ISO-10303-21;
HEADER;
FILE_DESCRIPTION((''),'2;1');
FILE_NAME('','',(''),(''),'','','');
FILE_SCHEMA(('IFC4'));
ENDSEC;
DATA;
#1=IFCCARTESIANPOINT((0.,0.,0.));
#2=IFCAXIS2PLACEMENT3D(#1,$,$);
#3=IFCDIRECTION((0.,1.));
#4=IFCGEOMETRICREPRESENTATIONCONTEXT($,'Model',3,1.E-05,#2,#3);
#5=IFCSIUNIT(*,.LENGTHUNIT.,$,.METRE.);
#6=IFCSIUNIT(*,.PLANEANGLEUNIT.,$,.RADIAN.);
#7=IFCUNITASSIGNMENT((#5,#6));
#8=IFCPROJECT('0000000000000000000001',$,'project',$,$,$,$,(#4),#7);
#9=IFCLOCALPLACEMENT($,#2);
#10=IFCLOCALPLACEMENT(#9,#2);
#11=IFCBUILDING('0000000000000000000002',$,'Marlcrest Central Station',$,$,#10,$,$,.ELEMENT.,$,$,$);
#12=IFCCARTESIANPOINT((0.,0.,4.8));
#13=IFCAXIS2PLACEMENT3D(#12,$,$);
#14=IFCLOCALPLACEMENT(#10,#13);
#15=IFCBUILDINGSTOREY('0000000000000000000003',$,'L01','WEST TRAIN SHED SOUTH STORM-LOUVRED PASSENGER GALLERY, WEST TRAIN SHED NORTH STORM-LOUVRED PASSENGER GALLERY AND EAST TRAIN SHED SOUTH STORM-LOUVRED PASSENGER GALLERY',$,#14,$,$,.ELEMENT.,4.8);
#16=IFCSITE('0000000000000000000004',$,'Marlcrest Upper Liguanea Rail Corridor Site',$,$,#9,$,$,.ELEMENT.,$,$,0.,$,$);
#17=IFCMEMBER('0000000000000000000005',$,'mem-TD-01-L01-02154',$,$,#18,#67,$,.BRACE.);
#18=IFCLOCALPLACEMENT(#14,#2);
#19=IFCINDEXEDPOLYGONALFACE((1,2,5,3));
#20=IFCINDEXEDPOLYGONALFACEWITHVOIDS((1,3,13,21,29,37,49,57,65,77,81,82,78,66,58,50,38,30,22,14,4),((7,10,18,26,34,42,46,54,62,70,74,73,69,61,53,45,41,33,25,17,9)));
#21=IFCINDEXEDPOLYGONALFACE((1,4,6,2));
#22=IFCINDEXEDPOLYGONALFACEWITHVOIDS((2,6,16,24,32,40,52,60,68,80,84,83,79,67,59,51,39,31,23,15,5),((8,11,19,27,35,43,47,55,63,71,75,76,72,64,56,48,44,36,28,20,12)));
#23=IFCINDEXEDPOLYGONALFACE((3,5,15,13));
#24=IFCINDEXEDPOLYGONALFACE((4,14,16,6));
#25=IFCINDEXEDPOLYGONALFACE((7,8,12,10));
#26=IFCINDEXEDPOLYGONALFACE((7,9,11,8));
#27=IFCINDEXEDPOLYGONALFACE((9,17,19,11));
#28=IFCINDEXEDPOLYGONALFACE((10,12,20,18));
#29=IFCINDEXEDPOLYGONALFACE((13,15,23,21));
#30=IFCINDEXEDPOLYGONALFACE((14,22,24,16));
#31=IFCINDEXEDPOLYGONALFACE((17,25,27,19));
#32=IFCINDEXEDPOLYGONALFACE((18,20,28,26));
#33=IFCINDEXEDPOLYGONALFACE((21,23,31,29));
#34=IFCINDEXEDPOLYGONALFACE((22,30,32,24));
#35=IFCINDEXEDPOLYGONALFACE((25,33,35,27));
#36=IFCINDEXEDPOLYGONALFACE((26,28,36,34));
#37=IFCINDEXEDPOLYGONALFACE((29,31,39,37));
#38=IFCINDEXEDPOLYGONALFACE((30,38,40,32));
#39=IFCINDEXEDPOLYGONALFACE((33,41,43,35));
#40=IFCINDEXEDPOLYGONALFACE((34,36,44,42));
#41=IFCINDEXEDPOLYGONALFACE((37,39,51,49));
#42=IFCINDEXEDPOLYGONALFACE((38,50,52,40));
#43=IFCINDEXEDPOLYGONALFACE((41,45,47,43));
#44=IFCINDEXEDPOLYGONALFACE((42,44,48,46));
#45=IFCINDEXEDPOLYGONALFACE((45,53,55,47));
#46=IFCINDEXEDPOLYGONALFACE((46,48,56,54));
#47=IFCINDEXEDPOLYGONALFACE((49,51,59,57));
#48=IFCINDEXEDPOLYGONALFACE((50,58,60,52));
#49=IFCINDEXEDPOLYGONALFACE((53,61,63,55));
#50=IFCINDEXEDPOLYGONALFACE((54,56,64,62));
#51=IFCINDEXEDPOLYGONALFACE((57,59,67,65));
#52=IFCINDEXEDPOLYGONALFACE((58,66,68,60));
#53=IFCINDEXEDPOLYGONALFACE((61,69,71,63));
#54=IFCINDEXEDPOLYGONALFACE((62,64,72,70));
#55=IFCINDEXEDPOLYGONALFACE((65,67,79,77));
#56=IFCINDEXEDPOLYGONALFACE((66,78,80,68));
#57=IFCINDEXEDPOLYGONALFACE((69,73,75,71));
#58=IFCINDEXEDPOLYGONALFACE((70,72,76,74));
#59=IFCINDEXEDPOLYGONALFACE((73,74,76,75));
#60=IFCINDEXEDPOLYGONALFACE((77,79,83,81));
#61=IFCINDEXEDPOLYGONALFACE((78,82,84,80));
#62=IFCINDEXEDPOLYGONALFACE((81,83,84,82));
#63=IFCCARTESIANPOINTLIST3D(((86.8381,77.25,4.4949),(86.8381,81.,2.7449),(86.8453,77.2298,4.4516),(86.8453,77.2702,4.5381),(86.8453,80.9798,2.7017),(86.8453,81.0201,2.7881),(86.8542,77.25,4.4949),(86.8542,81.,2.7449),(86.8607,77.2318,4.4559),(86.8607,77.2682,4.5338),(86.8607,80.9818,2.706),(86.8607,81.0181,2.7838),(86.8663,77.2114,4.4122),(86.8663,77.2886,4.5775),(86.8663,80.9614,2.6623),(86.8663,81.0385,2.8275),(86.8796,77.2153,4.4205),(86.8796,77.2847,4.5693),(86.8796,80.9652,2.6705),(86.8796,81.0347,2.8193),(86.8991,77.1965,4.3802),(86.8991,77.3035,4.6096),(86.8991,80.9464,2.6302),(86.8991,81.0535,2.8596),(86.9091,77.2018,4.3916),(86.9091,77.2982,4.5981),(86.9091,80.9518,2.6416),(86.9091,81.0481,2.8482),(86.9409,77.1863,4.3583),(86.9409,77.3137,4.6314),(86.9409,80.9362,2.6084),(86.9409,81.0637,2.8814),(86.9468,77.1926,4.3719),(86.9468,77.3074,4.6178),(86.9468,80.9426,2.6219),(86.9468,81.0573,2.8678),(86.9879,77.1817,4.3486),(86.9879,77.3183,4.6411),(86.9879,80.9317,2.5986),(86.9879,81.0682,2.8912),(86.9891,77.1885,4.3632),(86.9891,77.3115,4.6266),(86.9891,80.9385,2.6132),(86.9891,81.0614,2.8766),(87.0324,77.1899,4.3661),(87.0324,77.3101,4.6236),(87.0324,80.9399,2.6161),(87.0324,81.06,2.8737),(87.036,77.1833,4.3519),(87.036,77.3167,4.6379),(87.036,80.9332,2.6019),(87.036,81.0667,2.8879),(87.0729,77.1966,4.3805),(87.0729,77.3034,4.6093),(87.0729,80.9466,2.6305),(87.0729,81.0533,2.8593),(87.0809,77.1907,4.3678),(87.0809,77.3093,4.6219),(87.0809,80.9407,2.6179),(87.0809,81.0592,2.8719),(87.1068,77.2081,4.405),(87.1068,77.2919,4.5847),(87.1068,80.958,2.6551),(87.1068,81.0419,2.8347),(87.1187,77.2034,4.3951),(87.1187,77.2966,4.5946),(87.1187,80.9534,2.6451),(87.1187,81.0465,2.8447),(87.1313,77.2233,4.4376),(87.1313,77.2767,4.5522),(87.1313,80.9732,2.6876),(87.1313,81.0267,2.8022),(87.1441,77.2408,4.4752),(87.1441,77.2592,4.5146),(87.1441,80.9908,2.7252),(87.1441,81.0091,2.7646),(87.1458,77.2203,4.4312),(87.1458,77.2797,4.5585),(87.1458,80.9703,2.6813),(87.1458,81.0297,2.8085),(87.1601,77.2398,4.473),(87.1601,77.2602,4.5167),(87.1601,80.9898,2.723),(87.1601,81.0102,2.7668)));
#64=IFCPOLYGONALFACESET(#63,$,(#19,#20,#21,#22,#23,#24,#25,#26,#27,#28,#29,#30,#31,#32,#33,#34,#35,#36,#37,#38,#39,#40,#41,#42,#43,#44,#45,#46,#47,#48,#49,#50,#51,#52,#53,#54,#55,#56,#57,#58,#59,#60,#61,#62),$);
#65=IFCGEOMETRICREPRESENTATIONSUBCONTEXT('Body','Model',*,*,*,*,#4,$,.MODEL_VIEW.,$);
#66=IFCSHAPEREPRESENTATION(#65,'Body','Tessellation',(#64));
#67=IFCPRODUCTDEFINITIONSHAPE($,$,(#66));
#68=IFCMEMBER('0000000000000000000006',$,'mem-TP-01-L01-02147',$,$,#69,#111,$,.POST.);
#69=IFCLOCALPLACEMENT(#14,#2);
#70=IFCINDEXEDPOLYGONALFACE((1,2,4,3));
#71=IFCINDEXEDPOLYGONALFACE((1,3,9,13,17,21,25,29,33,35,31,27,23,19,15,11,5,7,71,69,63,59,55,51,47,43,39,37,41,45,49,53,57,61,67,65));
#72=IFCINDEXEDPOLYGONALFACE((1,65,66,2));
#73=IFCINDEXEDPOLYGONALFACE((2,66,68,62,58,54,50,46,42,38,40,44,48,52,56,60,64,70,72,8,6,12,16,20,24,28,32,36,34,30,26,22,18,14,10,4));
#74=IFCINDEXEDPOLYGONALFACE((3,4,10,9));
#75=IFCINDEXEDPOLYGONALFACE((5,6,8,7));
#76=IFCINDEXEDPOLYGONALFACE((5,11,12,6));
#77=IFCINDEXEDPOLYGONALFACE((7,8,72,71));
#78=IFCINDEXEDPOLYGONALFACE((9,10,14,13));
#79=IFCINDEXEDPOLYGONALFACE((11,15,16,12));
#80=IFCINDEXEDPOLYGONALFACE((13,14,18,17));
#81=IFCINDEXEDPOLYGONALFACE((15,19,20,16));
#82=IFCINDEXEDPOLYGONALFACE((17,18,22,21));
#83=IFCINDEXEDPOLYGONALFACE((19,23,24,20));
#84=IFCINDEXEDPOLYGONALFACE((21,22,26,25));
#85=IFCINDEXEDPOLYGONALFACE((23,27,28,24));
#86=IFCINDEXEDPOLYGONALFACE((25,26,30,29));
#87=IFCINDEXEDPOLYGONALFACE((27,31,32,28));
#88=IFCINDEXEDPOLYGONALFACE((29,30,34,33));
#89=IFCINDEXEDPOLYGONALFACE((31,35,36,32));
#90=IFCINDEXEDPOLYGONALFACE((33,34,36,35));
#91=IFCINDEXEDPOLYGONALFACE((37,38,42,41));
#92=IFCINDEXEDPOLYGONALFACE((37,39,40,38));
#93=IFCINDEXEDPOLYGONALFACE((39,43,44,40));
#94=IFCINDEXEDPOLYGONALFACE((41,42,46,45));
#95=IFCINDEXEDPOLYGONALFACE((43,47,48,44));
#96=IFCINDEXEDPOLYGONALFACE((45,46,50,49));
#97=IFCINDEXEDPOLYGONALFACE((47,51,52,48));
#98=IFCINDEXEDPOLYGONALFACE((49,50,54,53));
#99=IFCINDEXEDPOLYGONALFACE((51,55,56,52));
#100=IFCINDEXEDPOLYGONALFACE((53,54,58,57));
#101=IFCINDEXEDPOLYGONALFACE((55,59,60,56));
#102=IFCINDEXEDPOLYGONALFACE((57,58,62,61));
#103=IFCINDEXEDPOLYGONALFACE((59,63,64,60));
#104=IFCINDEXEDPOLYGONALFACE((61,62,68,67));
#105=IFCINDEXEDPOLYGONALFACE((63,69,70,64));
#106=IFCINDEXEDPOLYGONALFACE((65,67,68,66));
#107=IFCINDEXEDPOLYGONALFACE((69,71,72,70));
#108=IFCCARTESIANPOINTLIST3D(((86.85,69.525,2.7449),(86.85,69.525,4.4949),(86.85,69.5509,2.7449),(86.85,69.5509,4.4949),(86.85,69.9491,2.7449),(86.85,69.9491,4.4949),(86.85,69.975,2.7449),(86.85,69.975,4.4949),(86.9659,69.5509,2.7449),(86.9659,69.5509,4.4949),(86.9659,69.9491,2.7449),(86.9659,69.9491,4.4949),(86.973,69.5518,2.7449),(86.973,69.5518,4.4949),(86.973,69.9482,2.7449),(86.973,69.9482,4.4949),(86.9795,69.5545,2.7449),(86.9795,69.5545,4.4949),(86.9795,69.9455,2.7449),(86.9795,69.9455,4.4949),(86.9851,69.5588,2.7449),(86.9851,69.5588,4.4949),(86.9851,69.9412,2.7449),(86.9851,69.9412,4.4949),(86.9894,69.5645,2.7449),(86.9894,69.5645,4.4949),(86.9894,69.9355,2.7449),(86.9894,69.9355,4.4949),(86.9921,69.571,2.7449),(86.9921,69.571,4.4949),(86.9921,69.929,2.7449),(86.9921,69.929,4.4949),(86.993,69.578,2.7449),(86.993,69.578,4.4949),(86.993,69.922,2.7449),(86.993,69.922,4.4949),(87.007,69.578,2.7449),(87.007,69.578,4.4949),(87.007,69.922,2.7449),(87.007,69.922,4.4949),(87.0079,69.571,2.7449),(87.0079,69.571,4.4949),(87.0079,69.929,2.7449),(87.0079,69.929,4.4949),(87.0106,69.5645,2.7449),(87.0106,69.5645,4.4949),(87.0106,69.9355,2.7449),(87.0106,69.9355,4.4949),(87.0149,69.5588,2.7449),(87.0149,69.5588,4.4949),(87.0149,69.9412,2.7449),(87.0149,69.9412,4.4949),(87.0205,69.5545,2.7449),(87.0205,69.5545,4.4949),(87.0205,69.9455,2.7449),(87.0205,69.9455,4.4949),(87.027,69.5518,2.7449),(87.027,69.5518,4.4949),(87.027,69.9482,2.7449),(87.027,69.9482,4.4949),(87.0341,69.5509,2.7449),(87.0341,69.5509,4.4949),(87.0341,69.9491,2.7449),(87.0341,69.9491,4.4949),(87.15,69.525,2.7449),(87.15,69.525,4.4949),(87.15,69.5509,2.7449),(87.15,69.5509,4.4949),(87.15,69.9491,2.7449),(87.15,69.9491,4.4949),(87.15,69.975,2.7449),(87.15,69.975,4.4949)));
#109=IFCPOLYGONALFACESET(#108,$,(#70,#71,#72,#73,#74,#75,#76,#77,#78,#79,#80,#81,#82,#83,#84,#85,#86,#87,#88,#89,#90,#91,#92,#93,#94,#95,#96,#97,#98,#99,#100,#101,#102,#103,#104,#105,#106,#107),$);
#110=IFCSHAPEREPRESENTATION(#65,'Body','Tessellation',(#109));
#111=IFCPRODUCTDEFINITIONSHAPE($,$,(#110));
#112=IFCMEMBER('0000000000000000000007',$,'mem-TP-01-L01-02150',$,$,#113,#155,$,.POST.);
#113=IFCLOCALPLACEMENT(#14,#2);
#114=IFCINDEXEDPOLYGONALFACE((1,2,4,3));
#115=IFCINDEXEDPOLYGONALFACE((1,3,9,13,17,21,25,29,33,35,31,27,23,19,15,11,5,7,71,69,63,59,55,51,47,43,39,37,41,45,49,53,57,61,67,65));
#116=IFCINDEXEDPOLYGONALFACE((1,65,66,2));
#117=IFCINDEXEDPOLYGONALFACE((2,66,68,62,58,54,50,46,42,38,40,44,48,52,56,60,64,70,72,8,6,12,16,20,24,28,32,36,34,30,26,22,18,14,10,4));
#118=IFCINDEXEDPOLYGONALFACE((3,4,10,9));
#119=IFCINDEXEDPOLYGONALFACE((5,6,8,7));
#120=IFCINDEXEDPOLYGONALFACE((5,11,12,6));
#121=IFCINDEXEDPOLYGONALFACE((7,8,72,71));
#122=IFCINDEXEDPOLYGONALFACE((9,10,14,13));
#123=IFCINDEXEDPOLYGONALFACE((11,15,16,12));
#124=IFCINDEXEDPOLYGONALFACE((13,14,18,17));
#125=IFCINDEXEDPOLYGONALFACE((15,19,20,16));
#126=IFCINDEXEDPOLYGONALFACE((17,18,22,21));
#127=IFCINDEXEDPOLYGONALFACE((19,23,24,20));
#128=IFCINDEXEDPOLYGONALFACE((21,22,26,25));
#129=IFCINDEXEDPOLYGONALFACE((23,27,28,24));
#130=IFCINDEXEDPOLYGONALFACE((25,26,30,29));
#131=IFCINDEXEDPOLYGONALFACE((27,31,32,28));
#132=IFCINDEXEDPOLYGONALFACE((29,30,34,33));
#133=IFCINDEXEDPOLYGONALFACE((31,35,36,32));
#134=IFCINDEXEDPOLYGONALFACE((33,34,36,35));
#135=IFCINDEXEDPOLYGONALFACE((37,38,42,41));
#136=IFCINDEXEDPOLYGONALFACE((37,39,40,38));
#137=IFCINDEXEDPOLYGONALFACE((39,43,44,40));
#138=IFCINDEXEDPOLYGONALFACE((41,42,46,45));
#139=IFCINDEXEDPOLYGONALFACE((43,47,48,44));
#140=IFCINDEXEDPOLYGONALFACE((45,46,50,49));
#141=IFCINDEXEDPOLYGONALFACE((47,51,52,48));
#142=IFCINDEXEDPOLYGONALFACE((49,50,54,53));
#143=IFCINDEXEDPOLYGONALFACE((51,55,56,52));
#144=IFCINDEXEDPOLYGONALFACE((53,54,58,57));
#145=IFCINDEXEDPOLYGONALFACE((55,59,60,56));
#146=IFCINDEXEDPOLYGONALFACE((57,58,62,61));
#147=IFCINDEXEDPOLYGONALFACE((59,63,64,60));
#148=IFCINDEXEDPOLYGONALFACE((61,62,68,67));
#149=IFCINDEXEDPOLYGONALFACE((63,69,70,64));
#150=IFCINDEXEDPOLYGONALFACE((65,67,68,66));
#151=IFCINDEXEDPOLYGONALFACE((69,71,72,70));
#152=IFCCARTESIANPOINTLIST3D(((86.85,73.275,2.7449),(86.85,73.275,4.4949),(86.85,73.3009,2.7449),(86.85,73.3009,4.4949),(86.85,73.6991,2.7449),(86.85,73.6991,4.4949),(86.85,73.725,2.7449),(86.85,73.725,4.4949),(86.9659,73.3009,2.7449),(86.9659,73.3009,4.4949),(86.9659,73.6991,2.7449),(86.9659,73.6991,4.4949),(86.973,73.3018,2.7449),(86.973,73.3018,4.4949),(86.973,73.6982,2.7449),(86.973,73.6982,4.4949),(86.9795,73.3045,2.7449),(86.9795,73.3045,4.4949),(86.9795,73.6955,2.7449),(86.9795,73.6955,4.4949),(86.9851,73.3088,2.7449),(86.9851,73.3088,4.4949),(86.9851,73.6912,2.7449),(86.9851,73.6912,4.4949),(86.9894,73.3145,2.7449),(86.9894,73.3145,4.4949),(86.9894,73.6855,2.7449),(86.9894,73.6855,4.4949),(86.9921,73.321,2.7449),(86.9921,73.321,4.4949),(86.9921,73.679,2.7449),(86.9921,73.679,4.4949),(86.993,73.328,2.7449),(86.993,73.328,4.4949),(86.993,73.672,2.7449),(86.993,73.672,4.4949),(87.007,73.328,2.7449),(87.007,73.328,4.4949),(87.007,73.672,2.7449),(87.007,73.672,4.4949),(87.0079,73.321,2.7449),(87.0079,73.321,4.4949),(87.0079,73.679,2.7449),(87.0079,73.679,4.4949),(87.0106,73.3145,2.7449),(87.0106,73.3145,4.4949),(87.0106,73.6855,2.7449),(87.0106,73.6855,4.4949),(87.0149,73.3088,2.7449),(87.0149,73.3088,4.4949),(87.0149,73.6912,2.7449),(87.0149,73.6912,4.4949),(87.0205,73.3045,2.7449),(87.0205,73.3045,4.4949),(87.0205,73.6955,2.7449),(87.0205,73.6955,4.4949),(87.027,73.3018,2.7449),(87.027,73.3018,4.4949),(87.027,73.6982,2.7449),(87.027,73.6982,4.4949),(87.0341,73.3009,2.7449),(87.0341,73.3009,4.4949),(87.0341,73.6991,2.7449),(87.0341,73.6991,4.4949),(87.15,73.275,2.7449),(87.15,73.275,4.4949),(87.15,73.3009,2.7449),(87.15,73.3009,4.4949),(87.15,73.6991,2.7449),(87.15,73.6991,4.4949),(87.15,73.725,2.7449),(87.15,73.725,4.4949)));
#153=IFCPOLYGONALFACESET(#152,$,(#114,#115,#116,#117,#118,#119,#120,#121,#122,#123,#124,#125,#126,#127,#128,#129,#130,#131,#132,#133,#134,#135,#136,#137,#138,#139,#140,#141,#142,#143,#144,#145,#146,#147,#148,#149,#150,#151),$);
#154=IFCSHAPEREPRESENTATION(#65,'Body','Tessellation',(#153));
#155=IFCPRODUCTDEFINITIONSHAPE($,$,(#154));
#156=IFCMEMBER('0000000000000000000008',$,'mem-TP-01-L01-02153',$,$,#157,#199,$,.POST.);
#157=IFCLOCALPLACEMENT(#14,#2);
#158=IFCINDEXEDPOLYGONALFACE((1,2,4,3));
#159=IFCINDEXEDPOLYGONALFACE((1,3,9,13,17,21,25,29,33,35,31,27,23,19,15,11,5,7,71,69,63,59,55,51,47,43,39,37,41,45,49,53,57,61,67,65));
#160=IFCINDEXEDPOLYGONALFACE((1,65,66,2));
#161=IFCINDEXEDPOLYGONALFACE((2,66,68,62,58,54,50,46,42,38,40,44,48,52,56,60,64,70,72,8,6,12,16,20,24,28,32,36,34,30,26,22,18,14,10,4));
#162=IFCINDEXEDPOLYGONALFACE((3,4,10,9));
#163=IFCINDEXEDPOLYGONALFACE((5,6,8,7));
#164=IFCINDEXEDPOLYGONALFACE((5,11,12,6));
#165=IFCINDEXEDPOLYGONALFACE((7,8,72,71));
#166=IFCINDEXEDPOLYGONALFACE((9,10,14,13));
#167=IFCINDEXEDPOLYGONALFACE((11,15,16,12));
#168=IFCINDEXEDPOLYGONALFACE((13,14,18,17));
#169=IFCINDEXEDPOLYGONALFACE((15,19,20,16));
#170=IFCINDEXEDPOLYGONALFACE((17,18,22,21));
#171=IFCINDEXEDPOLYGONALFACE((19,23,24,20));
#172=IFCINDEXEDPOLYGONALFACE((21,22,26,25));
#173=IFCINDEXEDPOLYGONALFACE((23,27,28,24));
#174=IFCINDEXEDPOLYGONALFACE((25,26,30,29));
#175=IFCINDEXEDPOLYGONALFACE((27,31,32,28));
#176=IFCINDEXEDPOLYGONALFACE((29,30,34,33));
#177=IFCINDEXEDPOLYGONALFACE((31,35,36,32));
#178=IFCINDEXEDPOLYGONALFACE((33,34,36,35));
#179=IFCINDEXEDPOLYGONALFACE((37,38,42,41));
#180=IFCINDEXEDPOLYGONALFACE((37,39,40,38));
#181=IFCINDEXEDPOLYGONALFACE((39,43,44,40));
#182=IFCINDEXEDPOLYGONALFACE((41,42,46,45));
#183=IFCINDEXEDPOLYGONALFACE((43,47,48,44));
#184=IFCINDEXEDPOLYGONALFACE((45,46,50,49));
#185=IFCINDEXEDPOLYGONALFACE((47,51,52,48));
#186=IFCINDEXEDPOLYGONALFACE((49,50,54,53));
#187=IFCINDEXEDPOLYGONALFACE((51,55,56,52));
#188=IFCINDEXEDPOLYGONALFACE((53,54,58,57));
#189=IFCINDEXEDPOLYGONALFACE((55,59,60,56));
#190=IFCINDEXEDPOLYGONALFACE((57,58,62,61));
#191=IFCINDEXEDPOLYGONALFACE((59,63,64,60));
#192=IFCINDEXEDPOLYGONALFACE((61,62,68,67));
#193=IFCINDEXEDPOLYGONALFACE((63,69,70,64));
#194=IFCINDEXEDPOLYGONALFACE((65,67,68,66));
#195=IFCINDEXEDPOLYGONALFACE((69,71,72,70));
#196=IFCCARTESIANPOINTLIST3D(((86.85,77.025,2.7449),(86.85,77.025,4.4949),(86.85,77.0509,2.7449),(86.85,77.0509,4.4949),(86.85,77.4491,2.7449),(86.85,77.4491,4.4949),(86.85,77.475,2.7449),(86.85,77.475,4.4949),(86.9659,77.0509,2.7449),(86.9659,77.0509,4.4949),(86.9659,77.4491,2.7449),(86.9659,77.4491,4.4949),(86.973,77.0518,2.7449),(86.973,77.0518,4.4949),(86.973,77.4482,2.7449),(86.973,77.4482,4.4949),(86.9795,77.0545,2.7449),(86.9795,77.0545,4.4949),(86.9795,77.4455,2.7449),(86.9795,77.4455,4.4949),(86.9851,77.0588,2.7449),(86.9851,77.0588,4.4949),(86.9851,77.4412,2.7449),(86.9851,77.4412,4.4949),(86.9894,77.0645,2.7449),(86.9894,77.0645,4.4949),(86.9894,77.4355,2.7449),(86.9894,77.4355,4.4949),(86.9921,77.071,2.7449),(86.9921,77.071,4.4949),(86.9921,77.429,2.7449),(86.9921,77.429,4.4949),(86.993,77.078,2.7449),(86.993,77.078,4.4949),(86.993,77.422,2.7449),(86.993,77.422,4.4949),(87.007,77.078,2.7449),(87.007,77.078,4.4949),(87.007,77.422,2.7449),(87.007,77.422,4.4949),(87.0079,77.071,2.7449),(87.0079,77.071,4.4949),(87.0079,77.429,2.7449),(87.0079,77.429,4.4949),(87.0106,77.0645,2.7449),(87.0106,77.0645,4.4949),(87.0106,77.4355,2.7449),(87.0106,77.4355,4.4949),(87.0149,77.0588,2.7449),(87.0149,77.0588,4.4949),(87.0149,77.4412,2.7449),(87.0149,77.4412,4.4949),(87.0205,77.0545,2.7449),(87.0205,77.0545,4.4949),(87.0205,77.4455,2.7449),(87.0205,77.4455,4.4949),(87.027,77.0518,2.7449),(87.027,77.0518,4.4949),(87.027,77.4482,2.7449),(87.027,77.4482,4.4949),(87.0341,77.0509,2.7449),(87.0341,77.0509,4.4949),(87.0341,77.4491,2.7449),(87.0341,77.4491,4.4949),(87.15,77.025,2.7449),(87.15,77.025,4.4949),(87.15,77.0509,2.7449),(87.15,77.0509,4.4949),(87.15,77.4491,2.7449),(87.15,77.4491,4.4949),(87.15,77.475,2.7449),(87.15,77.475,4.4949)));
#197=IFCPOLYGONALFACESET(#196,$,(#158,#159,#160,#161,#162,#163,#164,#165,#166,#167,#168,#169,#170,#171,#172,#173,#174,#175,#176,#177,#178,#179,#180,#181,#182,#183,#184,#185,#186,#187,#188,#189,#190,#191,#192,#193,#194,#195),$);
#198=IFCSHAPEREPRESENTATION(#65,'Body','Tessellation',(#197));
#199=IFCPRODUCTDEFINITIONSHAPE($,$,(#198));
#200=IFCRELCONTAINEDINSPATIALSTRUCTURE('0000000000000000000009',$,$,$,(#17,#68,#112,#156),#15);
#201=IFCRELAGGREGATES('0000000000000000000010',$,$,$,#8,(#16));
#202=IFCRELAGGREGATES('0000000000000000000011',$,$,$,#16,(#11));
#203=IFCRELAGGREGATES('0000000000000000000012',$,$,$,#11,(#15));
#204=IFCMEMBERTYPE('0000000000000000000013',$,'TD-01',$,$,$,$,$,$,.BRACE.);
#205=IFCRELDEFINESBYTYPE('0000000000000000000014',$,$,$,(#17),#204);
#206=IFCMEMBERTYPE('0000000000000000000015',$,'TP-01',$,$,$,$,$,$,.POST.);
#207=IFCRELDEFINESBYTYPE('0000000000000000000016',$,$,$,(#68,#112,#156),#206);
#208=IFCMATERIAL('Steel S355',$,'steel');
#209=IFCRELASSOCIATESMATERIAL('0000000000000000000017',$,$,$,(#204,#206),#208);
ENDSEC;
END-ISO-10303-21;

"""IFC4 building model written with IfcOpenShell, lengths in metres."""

from ifc_helpers import new_model, si_unit, direction, frame, origin, origin_2d, place, context, subcontext, project, spatial, hollow_circle, i_section, extrude, material, material_profile, profile_set, type_object, element, save


model = new_model("IFC4")

# Units and contexts
model_context = context("Model", 3, precision=1e-05, world=origin(), true_north=direction((0.0, 1.0)))
body_context = subcontext(model_context, "Body", "Model", "MODEL_VIEW")
ifc_project = project(units=[si_unit("LENGTHUNIT", "METRE"), si_unit("PLANEANGLEUNIT", "RADIAN")], contexts=[model_context])

# Site, building, storey
site_placement = place(None, origin())
site = spatial("IfcSite", under=ifc_project, at=site_placement, Name="Marlcrest Upper Liguanea Rail Corridor Site", CompositionType="ELEMENT", RefElevation=0.0)
building_placement = place(site_placement, origin())
building = spatial("IfcBuilding", under=site, at=building_placement, Name="Marlcrest Central Station", CompositionType="ELEMENT")
storey_placement = place(building_placement, frame((0.0, 0.0, 4.8)))
storey = spatial("IfcBuildingStorey", under=building, at=storey_placement, Name="L01", Description="WEST TRAIN SHED SOUTH STORM-LOUVRED PASSENGER GALLERY, WEST TRAIN SHED NORTH STORM-LOUVRED PASSENGER GALLERY AND EAST TRAIN SHED SOUTH STORM-LOUVRED PASSENGER GALLERY", CompositionType="ELEMENT", Elevation=4.8)

# Shared definitions
ifc_material = material(Name="Steel S355", Category="steel")

# Members
ifc_material_profile_1 = material_profile(ifc_material, hollow_circle(Radius=0.1619, WallThickness=0.0161, at=origin_2d()), Name="CHS 323.9x16")
ifc_profile_set_1 = profile_set([ifc_material_profile_1], Name="Steel S355")
member_type_1 = type_object("IfcMemberType", Name="TD-01", PredefinedType="BRACE", material=ifc_profile_set_1)
for number, where, z_axis, x_axis, name in (
    (1, (87.0, 77.25, 4.4949), (0.0, 0.906183, -0.422885), (-1.0, 0.0, 0.0), "mem-TD-01-L01-02154"),
):
    element("IfcMember", number, at=place(storey_placement, frame(where, z_axis=z_axis, x_axis=x_axis)), inside=storey, type_object=member_type_1, Name=name, PredefinedType="BRACE", context=body_context, shape_type="SweptSolid", body=[
        extrude(hollow_circle(Radius=0.1619, WallThickness=0.0161, at=origin_2d()), origin(), (0.0, 0.0, 1.0), 4.1382),
    ])
ifc_material_profile_2 = material_profile(ifc_material, i_section(OverallWidth=0.3, OverallDepth=0.45, WebThickness=0.0139, FlangeThickness=0.0259, FilletRadius=0.0271, at=origin_2d()), Name="HEB 450")
ifc_profile_set_2 = profile_set([ifc_material_profile_2], Name="Steel S355")
member_type_2 = type_object("IfcMemberType", Name="TP-01", PredefinedType="POST", material=ifc_profile_set_2)
for number, where, z_axis, x_axis, name in (
    (2, (87.0, 69.75, 2.7449), (0.0, 0.0, 1.0), (1.0, 0.0, 0.0), "mem-TP-01-L01-02147"),
    (3, (87.0, 73.5, 2.7449), (0.0, 0.0, 1.0), (1.0, 0.0, 0.0), "mem-TP-01-L01-02150"),
    (4, (87.0, 77.25, 2.7449), (0.0, 0.0, 1.0), (1.0, 0.0, 0.0), "mem-TP-01-L01-02153"),
):
    element("IfcMember", number, at=place(storey_placement, frame(where, z_axis=z_axis, x_axis=x_axis)), inside=storey, type_object=member_type_2, Name=name, PredefinedType="POST", context=body_context, shape_type="SweptSolid", body=[
        extrude(i_section(OverallWidth=0.3, OverallDepth=0.45, WebThickness=0.0139, FlangeThickness=0.0259, FilletRadius=0.0271, at=origin_2d()), origin(), (0.0, 0.0, 1.0), 1.75),
    ])

save(model, "model.ifc")
